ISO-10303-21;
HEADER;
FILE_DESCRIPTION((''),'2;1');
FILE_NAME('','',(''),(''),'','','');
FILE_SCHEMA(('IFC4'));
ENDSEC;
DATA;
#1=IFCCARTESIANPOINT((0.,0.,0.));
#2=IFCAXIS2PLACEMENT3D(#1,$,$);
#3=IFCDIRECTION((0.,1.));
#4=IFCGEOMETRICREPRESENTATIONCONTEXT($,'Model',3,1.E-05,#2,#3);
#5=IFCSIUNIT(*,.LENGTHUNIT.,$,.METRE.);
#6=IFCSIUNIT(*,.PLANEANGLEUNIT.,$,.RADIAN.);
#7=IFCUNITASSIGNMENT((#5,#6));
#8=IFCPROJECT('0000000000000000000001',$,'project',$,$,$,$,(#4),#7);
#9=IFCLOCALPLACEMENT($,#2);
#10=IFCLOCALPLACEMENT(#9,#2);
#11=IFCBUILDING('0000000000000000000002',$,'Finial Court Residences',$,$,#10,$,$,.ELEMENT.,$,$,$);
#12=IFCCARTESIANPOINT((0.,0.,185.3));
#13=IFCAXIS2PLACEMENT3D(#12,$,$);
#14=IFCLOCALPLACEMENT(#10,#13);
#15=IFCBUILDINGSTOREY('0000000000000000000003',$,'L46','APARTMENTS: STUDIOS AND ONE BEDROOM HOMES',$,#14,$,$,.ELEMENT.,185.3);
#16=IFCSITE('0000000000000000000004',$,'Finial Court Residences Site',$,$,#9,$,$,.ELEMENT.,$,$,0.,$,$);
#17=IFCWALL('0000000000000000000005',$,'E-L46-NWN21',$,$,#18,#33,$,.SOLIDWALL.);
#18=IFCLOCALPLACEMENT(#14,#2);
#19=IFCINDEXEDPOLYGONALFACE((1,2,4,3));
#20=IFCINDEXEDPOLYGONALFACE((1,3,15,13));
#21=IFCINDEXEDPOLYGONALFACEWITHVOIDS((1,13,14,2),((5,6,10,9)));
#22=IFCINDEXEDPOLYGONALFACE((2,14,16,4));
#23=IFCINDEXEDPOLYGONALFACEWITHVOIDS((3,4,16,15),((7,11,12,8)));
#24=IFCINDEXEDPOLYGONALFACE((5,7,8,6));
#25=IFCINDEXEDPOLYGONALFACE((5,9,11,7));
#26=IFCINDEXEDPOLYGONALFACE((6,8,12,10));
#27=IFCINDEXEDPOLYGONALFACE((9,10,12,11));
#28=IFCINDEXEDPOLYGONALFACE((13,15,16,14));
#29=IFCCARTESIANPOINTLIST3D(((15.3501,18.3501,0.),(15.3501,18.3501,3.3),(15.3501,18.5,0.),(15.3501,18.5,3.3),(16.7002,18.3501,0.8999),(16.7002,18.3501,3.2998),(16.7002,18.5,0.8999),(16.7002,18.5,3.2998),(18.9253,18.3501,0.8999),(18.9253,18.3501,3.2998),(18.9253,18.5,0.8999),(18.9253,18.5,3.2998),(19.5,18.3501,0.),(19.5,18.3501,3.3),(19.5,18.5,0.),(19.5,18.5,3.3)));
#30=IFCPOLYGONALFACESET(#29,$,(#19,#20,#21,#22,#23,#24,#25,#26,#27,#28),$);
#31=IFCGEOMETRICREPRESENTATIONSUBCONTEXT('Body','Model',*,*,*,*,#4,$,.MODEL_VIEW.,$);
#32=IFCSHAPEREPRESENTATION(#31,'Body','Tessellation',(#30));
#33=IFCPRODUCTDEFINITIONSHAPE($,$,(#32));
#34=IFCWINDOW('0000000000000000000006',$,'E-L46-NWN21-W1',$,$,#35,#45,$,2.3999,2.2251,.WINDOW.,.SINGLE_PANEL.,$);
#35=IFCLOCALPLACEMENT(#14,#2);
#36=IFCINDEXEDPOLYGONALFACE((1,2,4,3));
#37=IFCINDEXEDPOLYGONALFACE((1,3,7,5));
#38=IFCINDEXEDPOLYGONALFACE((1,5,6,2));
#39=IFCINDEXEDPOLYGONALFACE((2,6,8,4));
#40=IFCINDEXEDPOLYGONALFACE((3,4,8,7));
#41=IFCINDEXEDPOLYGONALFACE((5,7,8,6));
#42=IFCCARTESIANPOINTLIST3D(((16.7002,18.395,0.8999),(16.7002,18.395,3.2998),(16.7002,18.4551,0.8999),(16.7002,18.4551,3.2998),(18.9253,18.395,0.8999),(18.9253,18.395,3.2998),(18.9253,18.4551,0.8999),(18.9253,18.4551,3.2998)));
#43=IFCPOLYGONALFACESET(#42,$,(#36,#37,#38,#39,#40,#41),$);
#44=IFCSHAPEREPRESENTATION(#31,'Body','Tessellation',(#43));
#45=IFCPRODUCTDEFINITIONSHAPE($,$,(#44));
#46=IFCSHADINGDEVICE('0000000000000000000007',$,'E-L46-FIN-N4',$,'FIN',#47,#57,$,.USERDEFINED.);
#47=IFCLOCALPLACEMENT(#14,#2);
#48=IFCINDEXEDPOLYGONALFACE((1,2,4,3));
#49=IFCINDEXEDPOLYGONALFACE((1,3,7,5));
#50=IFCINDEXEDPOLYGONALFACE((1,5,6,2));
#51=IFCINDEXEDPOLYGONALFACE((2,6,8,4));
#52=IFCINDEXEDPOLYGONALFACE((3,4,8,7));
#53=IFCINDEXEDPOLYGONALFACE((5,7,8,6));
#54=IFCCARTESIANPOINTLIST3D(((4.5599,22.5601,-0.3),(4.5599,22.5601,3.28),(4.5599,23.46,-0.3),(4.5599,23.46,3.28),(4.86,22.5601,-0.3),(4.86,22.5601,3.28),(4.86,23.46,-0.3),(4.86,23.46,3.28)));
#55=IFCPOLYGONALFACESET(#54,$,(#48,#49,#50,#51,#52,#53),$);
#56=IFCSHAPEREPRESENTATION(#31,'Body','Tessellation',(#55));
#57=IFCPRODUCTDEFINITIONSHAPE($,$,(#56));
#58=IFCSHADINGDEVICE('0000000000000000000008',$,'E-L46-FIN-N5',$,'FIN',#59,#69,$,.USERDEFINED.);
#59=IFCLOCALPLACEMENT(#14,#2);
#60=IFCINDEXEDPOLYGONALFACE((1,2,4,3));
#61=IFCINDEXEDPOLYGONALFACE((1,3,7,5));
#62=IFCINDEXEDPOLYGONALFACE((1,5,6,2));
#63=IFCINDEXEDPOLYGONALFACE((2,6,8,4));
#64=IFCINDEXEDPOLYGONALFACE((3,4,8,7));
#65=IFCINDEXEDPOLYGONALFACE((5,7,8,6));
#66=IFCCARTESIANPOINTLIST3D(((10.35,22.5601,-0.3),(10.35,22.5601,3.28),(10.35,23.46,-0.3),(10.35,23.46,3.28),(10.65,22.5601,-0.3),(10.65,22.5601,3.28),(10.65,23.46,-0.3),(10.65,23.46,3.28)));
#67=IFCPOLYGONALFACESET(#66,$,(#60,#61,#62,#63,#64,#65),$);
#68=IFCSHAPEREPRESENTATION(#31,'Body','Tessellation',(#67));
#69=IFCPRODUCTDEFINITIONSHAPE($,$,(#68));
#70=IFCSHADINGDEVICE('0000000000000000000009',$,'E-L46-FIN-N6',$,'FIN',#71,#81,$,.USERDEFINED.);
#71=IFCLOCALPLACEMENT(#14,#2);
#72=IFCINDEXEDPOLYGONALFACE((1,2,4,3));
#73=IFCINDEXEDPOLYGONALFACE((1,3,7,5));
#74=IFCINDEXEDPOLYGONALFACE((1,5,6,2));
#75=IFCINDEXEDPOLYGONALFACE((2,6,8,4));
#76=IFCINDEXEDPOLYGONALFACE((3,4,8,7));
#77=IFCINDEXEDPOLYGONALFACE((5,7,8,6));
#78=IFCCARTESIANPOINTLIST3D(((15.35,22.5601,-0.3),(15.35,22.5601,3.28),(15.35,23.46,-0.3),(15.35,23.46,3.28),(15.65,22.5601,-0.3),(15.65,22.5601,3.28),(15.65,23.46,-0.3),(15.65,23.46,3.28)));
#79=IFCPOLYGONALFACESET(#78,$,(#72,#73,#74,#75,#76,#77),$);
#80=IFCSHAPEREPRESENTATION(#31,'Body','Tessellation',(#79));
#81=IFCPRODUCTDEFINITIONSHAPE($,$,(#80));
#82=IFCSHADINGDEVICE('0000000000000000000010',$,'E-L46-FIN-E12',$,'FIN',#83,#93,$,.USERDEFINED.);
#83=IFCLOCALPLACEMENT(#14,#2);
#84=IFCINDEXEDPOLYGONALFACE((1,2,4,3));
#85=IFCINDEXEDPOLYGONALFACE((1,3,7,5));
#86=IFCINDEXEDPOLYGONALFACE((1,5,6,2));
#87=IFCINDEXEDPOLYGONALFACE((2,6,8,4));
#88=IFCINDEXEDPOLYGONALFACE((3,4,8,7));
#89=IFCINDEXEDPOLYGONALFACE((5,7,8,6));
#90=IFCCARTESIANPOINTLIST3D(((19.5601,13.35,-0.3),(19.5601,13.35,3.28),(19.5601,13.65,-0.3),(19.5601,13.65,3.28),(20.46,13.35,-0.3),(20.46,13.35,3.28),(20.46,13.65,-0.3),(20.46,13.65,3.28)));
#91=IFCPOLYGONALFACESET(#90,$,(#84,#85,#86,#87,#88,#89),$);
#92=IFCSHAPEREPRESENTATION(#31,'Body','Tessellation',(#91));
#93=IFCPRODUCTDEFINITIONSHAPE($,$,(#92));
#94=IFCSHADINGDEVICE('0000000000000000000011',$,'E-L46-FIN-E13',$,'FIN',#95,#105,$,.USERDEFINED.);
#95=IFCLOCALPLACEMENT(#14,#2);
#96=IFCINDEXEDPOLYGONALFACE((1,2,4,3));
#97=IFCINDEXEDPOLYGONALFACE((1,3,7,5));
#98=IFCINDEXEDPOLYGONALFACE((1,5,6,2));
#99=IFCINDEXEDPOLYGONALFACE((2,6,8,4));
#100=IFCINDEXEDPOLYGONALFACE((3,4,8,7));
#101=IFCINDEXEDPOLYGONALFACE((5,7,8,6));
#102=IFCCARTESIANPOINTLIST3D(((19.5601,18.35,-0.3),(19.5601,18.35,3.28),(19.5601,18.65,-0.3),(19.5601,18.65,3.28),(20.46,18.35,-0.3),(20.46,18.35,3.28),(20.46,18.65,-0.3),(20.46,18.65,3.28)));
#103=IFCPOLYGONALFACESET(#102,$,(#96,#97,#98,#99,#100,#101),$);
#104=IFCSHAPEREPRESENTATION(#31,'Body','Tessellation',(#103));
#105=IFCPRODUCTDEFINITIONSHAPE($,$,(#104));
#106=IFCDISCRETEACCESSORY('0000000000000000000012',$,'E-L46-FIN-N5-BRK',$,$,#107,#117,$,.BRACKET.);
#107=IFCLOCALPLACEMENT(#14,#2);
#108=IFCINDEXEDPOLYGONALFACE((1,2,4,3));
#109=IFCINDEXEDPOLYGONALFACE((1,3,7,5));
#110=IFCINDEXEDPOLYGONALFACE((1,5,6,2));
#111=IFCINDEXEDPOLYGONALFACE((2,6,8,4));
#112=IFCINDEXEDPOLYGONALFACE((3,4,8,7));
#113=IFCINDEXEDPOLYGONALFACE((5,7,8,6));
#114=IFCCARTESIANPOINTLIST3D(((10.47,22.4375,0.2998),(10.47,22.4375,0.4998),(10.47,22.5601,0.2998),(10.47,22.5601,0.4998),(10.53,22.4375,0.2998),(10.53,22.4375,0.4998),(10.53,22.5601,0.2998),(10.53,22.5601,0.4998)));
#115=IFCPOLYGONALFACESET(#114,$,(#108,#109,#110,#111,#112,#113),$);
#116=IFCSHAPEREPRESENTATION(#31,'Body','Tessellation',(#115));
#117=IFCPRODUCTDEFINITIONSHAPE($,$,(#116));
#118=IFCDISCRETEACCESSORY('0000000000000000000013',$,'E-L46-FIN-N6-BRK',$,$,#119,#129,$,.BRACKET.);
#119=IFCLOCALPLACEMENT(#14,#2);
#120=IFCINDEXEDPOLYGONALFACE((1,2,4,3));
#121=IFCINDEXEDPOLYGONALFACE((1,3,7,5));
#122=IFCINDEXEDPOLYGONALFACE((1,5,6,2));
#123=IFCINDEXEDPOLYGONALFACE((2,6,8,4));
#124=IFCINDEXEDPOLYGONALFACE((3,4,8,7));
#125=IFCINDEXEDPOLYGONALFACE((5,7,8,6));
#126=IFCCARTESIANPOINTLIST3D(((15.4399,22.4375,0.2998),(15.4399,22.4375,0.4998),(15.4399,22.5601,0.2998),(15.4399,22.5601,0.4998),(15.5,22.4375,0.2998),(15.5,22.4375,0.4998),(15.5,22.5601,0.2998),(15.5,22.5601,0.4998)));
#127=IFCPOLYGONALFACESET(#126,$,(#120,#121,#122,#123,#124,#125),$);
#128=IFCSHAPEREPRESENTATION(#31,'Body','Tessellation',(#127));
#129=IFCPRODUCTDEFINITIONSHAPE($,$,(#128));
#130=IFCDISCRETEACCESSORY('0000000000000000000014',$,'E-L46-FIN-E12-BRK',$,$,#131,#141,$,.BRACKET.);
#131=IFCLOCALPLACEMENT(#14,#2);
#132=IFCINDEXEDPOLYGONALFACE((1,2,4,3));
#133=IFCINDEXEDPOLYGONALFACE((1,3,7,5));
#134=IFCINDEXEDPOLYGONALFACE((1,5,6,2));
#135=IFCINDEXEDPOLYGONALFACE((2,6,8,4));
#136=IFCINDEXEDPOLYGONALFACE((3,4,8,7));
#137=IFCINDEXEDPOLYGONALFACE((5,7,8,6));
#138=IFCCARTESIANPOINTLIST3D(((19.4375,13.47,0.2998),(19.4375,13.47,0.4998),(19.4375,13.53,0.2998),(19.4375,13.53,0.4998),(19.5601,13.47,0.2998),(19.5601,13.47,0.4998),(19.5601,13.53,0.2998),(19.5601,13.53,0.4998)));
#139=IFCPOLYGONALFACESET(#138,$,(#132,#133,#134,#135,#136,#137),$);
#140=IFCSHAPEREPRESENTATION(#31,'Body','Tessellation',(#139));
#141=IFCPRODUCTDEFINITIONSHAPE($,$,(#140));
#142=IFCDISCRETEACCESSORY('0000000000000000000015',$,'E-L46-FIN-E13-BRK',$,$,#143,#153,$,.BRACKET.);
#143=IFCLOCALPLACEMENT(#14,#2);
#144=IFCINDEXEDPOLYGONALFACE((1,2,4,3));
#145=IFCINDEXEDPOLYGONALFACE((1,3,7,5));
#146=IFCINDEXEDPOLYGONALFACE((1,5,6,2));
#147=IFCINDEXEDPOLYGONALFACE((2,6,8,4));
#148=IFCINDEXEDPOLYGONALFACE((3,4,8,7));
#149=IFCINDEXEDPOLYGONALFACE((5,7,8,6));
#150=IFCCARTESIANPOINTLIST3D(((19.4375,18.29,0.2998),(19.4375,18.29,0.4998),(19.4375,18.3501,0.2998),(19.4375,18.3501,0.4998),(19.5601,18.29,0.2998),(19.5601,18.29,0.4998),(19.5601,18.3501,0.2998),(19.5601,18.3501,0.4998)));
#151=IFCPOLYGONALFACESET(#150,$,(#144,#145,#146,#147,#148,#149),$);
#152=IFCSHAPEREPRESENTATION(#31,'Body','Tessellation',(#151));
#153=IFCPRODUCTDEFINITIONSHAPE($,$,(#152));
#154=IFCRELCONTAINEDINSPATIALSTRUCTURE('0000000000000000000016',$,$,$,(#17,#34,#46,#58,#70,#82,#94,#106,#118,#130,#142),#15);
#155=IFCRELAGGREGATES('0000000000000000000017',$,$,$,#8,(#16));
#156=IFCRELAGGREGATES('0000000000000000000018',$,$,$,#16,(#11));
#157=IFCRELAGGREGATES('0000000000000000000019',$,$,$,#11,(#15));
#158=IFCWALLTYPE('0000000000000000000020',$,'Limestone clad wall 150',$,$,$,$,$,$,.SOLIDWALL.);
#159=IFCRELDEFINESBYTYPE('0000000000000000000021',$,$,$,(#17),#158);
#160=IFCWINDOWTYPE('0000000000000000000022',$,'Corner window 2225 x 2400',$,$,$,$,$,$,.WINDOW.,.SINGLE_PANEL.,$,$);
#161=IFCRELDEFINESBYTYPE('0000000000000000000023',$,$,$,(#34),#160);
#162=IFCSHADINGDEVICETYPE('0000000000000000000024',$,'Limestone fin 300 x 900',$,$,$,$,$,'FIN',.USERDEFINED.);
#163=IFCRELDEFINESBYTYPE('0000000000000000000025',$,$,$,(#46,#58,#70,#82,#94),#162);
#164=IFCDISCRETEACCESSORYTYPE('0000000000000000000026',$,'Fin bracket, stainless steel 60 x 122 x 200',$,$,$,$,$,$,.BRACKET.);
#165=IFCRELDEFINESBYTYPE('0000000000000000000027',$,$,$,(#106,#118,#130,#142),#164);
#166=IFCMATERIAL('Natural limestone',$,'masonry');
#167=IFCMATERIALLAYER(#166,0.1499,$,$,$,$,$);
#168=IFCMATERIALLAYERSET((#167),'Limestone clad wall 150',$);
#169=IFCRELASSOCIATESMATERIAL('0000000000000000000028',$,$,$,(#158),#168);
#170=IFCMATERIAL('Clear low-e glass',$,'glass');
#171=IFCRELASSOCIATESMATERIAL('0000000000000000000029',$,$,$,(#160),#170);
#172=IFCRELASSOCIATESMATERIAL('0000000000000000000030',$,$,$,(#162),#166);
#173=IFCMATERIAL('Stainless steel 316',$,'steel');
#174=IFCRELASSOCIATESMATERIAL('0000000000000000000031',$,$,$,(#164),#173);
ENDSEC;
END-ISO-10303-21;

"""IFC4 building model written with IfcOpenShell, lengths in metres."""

from ifc_helpers import new_model, si_unit, direction, frame, frame_2d, origin, origin_2d, place, context, subcontext, project, spatial, rectangle, extrude, material, layer, layer_set, type_object, element, fill, save


model = new_model("IFC4")

# Units and contexts
model_context = context("Model", 3, precision=1e-05, world=origin(), true_north=direction((0.0, 1.0)))
body_context = subcontext(model_context, "Body", "Model", "MODEL_VIEW")
ifc_project = project(units=[si_unit("LENGTHUNIT", "METRE"), si_unit("PLANEANGLEUNIT", "RADIAN")], contexts=[model_context])

# Site, building, storey
site_placement = place(None, origin())
site = spatial("IfcSite", under=ifc_project, at=site_placement, Name="Finial Court Residences Site", CompositionType="ELEMENT", RefElevation=0.0)
building_placement = place(site_placement, origin())
building = spatial("IfcBuilding", under=site, at=building_placement, Name="Finial Court Residences", CompositionType="ELEMENT")
storey_placement = place(building_placement, frame((0.0, 0.0, 185.3)))
storey = spatial("IfcBuildingStorey", under=building, at=storey_placement, Name="L46", Description="APARTMENTS: STUDIOS AND ONE BEDROOM HOMES", CompositionType="ELEMENT", Elevation=185.3)

# Shared definitions
ifc_material_1 = material(Name="Clear low-e glass", Category="glass")

# Wall, opening, window
ifc_material_2 = material(Name="Natural limestone", Category="masonry")
ifc_layer_1 = layer(ifc_material_2, 0.1499)
ifc_layer_set_1 = layer_set([ifc_layer_1], Name="Limestone clad wall 150")
wall_type_1 = type_object("IfcWallType", Name="Limestone clad wall 150", PredefinedType="SOLIDWALL", material=ifc_layer_set_1)
wall_1_placement = place(storey_placement, frame((15.3501, 18.425, 0.0), z_axis=(0.0, 0.0, 1.0), x_axis=(1.0, 0.0, 0.0)))
wall_1 = element("IfcWall", 1, at=wall_1_placement, inside=storey, type_object=wall_type_1, Name="E-L46-NWN21", PredefinedType="SOLIDWALL", context=body_context, shape_type="SweptSolid", body=[
    extrude(rectangle(XDim=4.1499, YDim=0.1499, at=frame_2d((2.075, 0.0))), origin(), (0.0, 0.0, 1.0), 3.3),
])
opening_1_placement = place(wall_1_placement, frame((1.3501, 0.0, 0.8999)))
opening_1 = element("IfcOpeningElement", 2, at=opening_1_placement, cuts=wall_1, PredefinedType="OPENING", context=body_context, shape_type="SweptSolid", body=[
    extrude(rectangle(XDim=2.2251, YDim=2.3999, at=frame_2d((1.1125, 1.2))), frame((0.0, 0.085, 0.0), z_axis=(0.0, -1.0, 0.0), x_axis=(1.0, 0.0, 0.0)), (0.0, 0.0, 1.0), 0.1699),
])
window_type_1 = type_object("IfcWindowType", Name="Corner window 2225 x 2400", PartitioningType="SINGLE_PANEL", PredefinedType="WINDOW", material=ifc_material_1)
window_1_placement = place(opening_1_placement, origin())
window_1 = element("IfcWindow", 3, at=window_1_placement, inside=storey, type_object=window_type_1, Name="E-L46-NWN21-W1", OverallHeight=2.3999, OverallWidth=2.2251, PartitioningType="SINGLE_PANEL", PredefinedType="WINDOW", context=body_context, shape_type="SweptSolid", body=[
    extrude(rectangle(XDim=2.2251, YDim=2.3999, at=frame_2d((1.1125, 1.2))), frame((0.0, 0.03, 0.0), z_axis=(0.0, -1.0, 0.0), x_axis=(1.0, 0.0, 0.0)), (0.0, 0.0, 1.0), 0.0601),
])
fill(opening_1, window_1)

# Shading devices
shading_device_type = type_object("IfcShadingDeviceType", Name="Limestone fin 300 x 900", ElementType="FIN", PredefinedType="USERDEFINED", material=ifc_material_2)
for number, where, z_axis, x_axis, name in (
    (4, (4.71, 23.01, -0.3), (0.0, 0.0, 1.0), (1.0, 0.0, 0.0), "E-L46-FIN-N4"),
    (5, (10.5, 23.01, -0.3), (0.0, 0.0, 1.0), (1.0, 0.0, 0.0), "E-L46-FIN-N5"),
    (6, (15.5, 23.01, -0.3), (0.0, 0.0, 1.0), (1.0, 0.0, 0.0), "E-L46-FIN-N6"),
):
    element("IfcShadingDevice", number, at=place(storey_placement, frame(where, z_axis=z_axis, x_axis=x_axis)), inside=storey, type_object=shading_device_type, Name=name, ObjectType="FIN", PredefinedType="USERDEFINED", context=body_context, shape_type="SweptSolid", body=[
        extrude(rectangle(XDim=0.3, YDim=0.8999, at=origin_2d()), origin(), (0.0, 0.0, 1.0), 3.5801),
    ])
for number, where, z_axis, x_axis, name in (
    (7, (20.01, 13.5, -0.3), (0.0, 0.0, 1.0), (1.0, 0.0, 0.0), "E-L46-FIN-E12"),
    (8, (20.01, 18.5, -0.3), (0.0, 0.0, 1.0), (1.0, 0.0, 0.0), "E-L46-FIN-E13"),
):
    element("IfcShadingDevice", number, at=place(storey_placement, frame(where, z_axis=z_axis, x_axis=x_axis)), inside=storey, type_object=shading_device_type, Name=name, ObjectType="FIN", PredefinedType="USERDEFINED", context=body_context, shape_type="SweptSolid", body=[
        extrude(rectangle(XDim=0.8999, YDim=0.3, at=origin_2d()), origin(), (0.0, 0.0, 1.0), 3.5801),
    ])

# Discrete accessories
ifc_material_3 = material(Name="Stainless steel 316", Category="steel")
discrete_accessory_type = type_object("IfcDiscreteAccessoryType", Name="Fin bracket, stainless steel 60 x 122 x 200", PredefinedType="BRACKET", material=ifc_material_3)
for number, where, z_axis, x_axis, name in (
    (9, (10.5, 22.4988, 0.2998), (0.0, 0.0, 1.0), (1.0, 0.0, 0.0), "E-L46-FIN-N5-BRK"),
    (10, (15.47, 22.4988, 0.2998), (0.0, 0.0, 1.0), (1.0, 0.0, 0.0), "E-L46-FIN-N6-BRK"),
):
    element("IfcDiscreteAccessory", number, at=place(storey_placement, frame(where, z_axis=z_axis, x_axis=x_axis)), inside=storey, type_object=discrete_accessory_type, Name=name, PredefinedType="BRACKET", context=body_context, shape_type="SweptSolid", body=[
        extrude(rectangle(XDim=0.0601, YDim=0.1226, at=origin_2d()), origin(), (0.0, 0.0, 1.0), 0.2),
    ])
for number, where, z_axis, x_axis, name in (
    (11, (19.4988, 13.5, 0.2998), (0.0, 0.0, 1.0), (1.0, 0.0, 0.0), "E-L46-FIN-E12-BRK"),
    (12, (19.4988, 18.3201, 0.2998), (0.0, 0.0, 1.0), (1.0, 0.0, 0.0), "E-L46-FIN-E13-BRK"),
):
    element("IfcDiscreteAccessory", number, at=place(storey_placement, frame(where, z_axis=z_axis, x_axis=x_axis)), inside=storey, type_object=discrete_accessory_type, Name=name, PredefinedType="BRACKET", context=body_context, shape_type="SweptSolid", body=[
        extrude(rectangle(XDim=0.1226, YDim=0.0601, at=origin_2d()), origin(), (0.0, 0.0, 1.0), 0.2),
    ])

save(model, "model.ifc")
